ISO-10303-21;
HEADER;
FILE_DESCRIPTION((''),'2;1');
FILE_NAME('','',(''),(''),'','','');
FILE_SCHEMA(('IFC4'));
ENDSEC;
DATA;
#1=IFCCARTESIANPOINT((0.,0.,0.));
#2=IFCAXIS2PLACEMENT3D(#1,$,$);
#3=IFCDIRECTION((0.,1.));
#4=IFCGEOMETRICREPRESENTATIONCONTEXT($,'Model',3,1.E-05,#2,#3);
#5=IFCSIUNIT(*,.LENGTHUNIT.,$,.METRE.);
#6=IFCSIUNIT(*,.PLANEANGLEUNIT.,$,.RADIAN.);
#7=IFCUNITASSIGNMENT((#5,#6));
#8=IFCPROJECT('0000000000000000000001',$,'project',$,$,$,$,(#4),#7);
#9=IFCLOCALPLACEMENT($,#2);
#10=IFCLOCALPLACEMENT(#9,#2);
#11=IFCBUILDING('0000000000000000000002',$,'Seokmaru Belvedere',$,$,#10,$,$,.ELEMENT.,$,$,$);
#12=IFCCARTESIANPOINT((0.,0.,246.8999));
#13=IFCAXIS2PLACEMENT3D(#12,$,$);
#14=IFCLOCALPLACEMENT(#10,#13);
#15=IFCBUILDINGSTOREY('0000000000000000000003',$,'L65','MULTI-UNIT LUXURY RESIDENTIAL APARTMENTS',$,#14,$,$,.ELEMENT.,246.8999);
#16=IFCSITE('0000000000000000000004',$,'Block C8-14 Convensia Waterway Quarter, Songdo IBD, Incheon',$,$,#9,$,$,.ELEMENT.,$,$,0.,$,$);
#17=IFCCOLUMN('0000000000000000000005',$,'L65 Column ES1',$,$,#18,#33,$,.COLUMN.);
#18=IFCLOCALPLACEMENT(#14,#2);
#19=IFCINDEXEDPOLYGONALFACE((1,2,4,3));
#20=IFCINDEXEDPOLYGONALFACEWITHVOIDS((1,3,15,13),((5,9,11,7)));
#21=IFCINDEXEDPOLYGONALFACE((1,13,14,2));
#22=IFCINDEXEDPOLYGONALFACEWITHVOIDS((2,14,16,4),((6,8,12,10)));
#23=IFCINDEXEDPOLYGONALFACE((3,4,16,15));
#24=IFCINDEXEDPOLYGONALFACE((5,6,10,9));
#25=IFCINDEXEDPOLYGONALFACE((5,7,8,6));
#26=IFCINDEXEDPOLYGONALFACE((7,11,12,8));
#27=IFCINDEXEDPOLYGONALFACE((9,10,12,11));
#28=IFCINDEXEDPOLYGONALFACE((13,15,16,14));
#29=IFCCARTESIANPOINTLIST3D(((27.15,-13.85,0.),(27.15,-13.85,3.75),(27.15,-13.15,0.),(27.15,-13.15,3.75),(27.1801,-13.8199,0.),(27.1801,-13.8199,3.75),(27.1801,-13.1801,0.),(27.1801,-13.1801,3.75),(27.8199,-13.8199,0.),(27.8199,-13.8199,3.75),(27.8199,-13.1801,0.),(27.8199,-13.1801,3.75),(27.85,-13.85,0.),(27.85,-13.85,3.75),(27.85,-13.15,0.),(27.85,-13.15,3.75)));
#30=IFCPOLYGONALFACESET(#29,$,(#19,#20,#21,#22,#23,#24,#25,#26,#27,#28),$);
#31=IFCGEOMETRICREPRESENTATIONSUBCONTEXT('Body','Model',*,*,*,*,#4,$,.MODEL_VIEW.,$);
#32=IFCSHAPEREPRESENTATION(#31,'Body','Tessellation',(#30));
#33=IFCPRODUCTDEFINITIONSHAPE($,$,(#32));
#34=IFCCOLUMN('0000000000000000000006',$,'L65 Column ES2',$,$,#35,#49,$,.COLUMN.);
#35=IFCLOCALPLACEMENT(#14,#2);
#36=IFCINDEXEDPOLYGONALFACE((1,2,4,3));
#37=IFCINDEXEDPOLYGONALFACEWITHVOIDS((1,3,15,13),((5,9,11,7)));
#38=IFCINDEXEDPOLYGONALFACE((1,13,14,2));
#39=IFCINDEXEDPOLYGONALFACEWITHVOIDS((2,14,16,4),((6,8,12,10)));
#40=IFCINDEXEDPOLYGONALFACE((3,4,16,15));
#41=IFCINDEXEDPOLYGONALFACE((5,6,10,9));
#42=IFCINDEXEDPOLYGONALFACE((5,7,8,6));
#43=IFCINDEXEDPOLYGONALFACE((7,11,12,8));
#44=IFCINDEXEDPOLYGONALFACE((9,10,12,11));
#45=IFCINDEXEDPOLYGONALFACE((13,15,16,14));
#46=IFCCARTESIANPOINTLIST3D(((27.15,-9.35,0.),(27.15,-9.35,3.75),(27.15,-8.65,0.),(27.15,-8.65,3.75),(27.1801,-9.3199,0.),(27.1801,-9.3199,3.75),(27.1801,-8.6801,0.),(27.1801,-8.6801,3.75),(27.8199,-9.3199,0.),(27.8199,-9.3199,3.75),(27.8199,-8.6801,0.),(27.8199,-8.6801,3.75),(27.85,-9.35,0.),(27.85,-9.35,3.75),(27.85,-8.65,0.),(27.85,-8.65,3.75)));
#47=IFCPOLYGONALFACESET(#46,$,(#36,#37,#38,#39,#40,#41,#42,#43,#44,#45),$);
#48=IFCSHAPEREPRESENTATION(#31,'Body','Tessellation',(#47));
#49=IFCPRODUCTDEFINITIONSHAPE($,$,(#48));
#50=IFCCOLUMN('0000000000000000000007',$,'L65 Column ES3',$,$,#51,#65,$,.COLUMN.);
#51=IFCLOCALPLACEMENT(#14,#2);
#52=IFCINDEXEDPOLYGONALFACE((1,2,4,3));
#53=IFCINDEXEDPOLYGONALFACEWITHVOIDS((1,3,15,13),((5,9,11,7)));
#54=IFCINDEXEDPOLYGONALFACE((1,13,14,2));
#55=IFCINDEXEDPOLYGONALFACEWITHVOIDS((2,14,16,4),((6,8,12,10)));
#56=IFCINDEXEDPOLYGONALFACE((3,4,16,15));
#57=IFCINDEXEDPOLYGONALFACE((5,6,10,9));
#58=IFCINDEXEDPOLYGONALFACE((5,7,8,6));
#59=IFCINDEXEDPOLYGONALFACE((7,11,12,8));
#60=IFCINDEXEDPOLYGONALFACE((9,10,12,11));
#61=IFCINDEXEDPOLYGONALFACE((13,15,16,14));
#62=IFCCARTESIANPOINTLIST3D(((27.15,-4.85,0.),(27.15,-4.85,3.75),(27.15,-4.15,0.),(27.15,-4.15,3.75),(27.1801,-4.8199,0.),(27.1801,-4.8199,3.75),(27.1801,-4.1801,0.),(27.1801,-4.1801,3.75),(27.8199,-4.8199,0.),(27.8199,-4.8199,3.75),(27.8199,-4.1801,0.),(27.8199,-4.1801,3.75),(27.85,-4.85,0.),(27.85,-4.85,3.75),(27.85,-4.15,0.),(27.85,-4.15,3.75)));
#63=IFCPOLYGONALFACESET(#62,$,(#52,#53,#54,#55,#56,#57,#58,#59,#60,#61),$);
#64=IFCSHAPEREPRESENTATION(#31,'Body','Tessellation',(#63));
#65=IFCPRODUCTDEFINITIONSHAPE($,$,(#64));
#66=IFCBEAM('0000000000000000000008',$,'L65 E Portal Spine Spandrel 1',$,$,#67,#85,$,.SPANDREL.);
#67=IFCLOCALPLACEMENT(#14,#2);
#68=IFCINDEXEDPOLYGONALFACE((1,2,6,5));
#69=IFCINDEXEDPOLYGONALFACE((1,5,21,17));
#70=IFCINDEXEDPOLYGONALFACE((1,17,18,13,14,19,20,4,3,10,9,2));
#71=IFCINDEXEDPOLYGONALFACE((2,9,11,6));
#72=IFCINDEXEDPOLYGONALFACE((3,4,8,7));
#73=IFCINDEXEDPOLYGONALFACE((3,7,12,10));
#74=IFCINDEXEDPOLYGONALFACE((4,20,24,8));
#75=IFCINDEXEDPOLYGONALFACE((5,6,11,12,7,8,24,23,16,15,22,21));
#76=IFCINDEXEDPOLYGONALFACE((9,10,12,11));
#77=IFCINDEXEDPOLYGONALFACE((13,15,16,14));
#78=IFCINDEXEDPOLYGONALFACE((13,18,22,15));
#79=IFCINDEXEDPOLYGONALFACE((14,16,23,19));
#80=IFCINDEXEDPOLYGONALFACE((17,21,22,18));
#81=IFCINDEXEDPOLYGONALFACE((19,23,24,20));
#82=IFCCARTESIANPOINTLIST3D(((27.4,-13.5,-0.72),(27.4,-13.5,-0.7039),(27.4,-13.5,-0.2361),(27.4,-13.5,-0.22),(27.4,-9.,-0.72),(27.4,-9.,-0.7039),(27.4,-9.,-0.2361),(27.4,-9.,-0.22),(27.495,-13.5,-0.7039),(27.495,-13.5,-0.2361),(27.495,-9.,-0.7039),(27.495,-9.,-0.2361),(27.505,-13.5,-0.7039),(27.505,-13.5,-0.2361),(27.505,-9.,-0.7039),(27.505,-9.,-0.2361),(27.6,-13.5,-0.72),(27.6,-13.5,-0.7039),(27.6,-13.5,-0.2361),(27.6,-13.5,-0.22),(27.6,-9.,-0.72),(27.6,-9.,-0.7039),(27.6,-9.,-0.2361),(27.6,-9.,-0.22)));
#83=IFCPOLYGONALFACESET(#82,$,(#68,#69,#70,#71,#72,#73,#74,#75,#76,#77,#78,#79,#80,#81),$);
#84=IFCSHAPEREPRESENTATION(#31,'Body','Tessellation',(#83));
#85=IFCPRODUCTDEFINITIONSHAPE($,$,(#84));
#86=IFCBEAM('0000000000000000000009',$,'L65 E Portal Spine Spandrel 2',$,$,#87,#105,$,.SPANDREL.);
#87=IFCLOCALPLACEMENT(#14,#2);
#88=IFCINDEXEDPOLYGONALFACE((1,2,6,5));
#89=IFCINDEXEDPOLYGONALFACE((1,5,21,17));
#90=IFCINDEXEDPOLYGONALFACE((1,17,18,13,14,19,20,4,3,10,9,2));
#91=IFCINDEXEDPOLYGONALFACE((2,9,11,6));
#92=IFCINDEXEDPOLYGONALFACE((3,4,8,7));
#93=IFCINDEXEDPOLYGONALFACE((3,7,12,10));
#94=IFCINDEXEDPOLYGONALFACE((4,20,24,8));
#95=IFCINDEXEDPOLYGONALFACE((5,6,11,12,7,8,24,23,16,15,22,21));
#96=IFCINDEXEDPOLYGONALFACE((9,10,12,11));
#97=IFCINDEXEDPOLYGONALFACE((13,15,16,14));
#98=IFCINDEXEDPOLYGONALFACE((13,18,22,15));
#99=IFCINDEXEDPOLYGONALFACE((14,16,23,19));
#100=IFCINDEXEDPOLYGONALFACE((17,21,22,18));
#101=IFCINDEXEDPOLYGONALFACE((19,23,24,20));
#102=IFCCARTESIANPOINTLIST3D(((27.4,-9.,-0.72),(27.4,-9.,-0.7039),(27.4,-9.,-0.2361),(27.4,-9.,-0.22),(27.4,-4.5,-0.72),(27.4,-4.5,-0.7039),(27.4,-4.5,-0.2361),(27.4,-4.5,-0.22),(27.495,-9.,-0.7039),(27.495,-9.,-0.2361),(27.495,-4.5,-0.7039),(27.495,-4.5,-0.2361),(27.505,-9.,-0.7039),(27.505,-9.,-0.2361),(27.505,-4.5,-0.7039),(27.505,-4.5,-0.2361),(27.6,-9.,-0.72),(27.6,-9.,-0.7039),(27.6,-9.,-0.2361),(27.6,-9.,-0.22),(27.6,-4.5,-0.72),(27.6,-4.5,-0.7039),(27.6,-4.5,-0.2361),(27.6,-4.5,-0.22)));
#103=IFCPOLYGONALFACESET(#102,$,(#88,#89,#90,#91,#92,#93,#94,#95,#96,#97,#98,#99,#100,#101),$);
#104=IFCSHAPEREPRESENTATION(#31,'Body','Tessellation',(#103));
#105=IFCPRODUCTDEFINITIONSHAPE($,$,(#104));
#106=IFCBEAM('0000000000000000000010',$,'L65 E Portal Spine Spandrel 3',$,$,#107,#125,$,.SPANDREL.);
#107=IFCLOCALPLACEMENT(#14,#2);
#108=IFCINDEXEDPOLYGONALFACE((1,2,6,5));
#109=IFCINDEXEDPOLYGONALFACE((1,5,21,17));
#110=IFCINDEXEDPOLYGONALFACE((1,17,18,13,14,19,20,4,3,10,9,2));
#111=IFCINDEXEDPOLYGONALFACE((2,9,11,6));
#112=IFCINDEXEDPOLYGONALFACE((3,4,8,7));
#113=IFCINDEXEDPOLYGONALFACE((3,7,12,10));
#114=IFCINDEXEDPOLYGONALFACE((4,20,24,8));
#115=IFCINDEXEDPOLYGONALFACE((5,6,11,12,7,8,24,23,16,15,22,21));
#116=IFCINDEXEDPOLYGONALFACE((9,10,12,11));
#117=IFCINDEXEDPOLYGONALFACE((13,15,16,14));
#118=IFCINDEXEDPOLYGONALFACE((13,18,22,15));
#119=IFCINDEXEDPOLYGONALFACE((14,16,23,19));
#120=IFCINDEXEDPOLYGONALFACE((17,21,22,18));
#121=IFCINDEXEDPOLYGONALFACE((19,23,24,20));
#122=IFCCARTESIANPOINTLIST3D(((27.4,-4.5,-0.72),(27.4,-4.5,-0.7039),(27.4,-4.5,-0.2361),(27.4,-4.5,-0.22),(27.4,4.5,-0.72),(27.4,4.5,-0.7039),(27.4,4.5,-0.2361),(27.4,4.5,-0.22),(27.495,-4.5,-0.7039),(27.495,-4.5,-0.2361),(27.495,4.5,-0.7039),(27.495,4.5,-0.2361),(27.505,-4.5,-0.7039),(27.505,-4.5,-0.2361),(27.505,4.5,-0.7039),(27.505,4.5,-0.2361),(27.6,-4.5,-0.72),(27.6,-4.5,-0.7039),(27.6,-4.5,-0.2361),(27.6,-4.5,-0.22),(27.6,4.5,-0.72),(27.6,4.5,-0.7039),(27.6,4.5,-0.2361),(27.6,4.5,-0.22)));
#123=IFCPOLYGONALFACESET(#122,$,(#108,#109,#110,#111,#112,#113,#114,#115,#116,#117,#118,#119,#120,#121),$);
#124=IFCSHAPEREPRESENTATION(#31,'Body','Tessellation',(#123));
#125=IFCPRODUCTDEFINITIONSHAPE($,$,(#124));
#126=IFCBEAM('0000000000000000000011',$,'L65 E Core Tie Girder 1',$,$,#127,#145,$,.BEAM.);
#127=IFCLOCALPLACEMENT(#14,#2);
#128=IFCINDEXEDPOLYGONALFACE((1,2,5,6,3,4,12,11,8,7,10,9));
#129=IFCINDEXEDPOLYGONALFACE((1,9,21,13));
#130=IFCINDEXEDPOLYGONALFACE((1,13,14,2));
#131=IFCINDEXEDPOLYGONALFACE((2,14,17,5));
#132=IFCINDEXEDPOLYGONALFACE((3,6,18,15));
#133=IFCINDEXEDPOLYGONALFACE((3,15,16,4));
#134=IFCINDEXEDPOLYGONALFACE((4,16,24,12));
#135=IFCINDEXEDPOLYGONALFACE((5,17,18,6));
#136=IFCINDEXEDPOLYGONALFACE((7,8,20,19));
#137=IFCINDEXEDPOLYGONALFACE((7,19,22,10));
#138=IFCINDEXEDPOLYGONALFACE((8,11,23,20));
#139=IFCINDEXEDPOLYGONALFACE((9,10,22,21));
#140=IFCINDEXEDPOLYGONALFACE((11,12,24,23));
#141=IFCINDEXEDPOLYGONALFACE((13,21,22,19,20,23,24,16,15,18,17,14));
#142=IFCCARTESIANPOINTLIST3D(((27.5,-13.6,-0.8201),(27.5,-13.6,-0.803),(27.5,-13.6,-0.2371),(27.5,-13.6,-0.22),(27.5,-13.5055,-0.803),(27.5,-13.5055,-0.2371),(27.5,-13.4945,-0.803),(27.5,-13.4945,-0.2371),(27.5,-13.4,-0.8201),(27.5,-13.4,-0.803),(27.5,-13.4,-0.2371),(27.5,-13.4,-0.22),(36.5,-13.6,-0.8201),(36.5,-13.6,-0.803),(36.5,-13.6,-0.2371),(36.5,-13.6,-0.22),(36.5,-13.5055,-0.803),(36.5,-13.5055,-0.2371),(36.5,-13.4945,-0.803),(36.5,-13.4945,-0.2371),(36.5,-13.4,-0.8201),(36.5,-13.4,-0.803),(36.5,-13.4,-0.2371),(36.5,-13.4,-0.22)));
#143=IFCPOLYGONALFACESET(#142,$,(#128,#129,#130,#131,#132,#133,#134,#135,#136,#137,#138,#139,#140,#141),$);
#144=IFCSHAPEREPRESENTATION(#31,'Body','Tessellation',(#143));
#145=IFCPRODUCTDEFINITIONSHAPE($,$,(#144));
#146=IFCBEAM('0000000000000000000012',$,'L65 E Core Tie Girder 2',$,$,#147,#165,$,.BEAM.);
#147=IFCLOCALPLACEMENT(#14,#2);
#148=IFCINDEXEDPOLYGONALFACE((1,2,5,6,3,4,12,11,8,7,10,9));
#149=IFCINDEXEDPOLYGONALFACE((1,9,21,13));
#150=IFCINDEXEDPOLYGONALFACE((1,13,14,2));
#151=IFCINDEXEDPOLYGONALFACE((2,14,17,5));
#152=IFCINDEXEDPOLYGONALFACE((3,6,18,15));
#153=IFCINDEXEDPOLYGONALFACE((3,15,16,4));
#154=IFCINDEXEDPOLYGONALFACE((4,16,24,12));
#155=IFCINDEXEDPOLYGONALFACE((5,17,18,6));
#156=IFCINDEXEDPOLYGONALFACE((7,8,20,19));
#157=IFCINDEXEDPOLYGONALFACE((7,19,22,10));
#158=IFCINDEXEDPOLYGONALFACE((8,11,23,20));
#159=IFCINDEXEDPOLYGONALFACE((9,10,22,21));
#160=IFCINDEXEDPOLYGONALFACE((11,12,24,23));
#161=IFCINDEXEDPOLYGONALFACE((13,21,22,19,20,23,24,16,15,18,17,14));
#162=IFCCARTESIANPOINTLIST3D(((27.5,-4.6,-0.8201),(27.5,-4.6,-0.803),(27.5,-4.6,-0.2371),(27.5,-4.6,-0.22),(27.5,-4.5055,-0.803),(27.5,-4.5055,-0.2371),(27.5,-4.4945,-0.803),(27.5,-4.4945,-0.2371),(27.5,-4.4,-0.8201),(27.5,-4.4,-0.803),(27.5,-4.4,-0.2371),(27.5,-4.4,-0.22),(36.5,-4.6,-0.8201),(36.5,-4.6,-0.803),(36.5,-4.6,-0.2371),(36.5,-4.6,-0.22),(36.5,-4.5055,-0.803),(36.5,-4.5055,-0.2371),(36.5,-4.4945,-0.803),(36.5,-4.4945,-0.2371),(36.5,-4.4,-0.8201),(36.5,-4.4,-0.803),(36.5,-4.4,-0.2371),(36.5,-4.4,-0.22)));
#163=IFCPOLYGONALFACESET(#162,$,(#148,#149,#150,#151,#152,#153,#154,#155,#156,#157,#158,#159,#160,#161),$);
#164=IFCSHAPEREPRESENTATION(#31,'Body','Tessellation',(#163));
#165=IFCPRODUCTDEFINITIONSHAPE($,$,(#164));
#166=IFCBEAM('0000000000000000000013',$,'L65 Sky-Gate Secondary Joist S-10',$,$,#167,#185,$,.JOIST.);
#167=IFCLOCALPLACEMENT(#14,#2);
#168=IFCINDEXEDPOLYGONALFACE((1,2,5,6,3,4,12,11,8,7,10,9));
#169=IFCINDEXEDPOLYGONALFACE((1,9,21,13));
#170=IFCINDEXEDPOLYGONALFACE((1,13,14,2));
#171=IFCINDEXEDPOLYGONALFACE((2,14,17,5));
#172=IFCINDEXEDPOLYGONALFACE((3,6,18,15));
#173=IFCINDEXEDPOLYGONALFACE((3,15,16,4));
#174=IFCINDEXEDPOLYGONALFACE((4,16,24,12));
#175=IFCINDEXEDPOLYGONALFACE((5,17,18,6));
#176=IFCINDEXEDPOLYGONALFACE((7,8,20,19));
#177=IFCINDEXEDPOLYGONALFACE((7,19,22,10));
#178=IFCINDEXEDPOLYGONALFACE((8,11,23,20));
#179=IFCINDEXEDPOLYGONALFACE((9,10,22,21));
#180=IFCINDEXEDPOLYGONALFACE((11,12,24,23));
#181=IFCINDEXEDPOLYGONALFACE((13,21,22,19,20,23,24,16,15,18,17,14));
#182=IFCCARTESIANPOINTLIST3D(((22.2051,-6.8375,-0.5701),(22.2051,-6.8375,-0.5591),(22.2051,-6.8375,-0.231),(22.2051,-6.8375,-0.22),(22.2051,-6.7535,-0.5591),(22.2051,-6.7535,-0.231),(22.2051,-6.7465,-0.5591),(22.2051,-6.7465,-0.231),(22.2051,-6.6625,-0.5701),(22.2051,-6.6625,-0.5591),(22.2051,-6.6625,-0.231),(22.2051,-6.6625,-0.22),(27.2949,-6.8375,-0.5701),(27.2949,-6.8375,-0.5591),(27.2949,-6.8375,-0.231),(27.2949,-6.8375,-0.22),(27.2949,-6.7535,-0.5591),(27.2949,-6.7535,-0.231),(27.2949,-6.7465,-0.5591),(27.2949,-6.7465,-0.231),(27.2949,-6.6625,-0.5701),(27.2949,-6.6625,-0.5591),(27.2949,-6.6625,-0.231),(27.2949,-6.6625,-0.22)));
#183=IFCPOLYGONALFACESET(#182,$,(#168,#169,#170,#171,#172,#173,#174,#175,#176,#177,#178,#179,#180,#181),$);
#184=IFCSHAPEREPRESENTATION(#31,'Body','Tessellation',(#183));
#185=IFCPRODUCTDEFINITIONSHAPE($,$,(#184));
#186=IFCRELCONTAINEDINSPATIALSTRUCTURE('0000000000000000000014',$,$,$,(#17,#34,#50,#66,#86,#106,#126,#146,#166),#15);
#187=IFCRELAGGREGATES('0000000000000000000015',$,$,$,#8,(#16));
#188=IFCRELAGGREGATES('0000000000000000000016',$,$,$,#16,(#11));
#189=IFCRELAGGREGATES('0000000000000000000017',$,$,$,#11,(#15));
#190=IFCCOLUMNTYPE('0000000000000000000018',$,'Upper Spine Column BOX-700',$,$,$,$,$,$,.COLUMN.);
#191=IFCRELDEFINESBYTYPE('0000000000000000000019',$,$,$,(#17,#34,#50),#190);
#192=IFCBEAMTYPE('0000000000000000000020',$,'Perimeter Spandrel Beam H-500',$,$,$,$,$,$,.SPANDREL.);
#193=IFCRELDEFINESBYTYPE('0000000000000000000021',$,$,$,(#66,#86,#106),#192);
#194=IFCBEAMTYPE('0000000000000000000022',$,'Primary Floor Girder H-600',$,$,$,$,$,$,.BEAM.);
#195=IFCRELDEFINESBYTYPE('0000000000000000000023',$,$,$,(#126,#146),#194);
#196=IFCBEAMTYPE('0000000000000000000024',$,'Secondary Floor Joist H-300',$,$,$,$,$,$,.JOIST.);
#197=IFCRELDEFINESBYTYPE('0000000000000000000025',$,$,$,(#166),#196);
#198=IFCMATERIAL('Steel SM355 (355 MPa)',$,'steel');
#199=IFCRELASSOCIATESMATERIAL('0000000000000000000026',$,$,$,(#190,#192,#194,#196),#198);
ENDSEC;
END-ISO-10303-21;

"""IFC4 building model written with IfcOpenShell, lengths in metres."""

from ifc_helpers import new_model, si_unit, direction, frame, origin, origin_2d, place, context, subcontext, project, spatial, hollow_rectangle, i_section, extrude, source, transform, mapped, material, material_profile, profile_set, type_object, type_shapes, element, save


model = new_model("IFC4")

# Units and contexts
model_context = context("Model", 3, precision=1e-05, world=origin(), true_north=direction((0.0, 1.0)))
body_context = subcontext(model_context, "Body", "Model", "MODEL_VIEW")
ifc_project = project(units=[si_unit("LENGTHUNIT", "METRE"), si_unit("PLANEANGLEUNIT", "RADIAN")], contexts=[model_context])

# Site, building, storey
site_placement = place(None, origin())
site = spatial("IfcSite", under=ifc_project, at=site_placement, Name="Block C8-14 Convensia Waterway Quarter, Songdo IBD, Incheon", CompositionType="ELEMENT", RefElevation=0.0)
building_placement = place(site_placement, origin())
building = spatial("IfcBuilding", under=site, at=building_placement, Name="Seokmaru Belvedere", CompositionType="ELEMENT")
storey_placement = place(building_placement, frame((0.0, 0.0, 246.8999)))
storey = spatial("IfcBuildingStorey", under=building, at=storey_placement, Name="L65", Description="MULTI-UNIT LUXURY RESIDENTIAL APARTMENTS", CompositionType="ELEMENT", Elevation=246.8999)

# Columns
ifc_material_1 = material(Name="Steel SM355 (355 MPa)", Category="steel")
ifc_material_profile_1 = material_profile(ifc_material_1, hollow_rectangle(XDim=0.7, YDim=0.7, WallThickness=0.03, at=origin_2d()), Name="BOX-700x700x30")
ifc_profile_set_1 = profile_set([ifc_material_profile_1], Name="Steel SM355 (355 MPa)")
column_type = type_object("IfcColumnType", Name="Upper Spine Column BOX-700", PredefinedType="COLUMN", material=ifc_profile_set_1)
shared_shape_1 = source(origin(), body_context, "Body", "SweptSolid", [
    extrude(hollow_rectangle(XDim=0.7, YDim=0.7, WallThickness=0.03, at=origin_2d()), origin(), (0.0, 0.0, 1.0), 3.75),
])
type_shapes(column_type, [shared_shape_1])
for number, where, z_axis, x_axis, name in (
    (1, (27.5, -13.5, 0.0), (0.0, 0.0, 1.0), (1.0, 0.0, 0.0), "L65 Column ES1"),
    (2, (27.5, -9.0, 0.0), (0.0, 0.0, 1.0), (1.0, 0.0, 0.0), "L65 Column ES2"),
    (3, (27.5, -4.5, 0.0), (0.0, 0.0, 1.0), (1.0, 0.0, 0.0), "L65 Column ES3"),
):
    element("IfcColumn", number, at=place(storey_placement, frame(where, z_axis=z_axis, x_axis=x_axis)), inside=storey, type_object=column_type, Name=name, PredefinedType="COLUMN", context=body_context, shape_type="MappedRepresentation", body=[
        mapped(shared_shape_1, transform((0.0, 0.0, 0.0), scale=1.0)),
    ])

# Beams
ifc_material_profile_2 = material_profile(ifc_material_1, i_section(OverallWidth=0.2, OverallDepth=0.5, WebThickness=0.01, FlangeThickness=0.0161, at=origin_2d()), Name="H-500x200x10x16")
ifc_profile_set_2 = profile_set([ifc_material_profile_2], Name="Steel SM355 (355 MPa)")
beam_type_1 = type_object("IfcBeamType", Name="Perimeter Spandrel Beam H-500", PredefinedType="SPANDREL", material=ifc_profile_set_2)
shared_shape_2 = source(origin(), body_context, "Body", "SweptSolid", [
    extrude(i_section(OverallWidth=0.2, OverallDepth=0.5, WebThickness=0.01, FlangeThickness=0.0161, at=origin_2d()), origin(), (0.0, 0.0, 1.0), 4.5),
])
for number, where, z_axis, x_axis, name in (
    (4, (27.5, -13.5, -0.47), (0.0, 1.0, 0.0), (-1.0, 0.0, 0.0), "L65 E Portal Spine Spandrel 1"),
    (5, (27.5, -9.0, -0.47), (0.0, 1.0, 0.0), (-1.0, 0.0, 0.0), "L65 E Portal Spine Spandrel 2"),
):
    element("IfcBeam", number, at=place(storey_placement, frame(where, z_axis=z_axis, x_axis=x_axis)), inside=storey, type_object=beam_type_1, Name=name, PredefinedType="SPANDREL", context=body_context, shape_type="MappedRepresentation", body=[
        mapped(shared_shape_2, transform((0.0, 0.0, 0.0), scale=1.0)),
    ])
shared_shape_3 = source(origin(), body_context, "Body", "SweptSolid", [
    extrude(i_section(OverallWidth=0.2, OverallDepth=0.5, WebThickness=0.01, FlangeThickness=0.0161, at=origin_2d()), origin(), (0.0, 0.0, 1.0), 9.0),
])
type_shapes(beam_type_1, [shared_shape_2, shared_shape_3])
beam_1_placement = place(storey_placement, frame((27.5, -4.5, -0.47), z_axis=(0.0, 1.0, 0.0), x_axis=(-1.0, 0.0, 0.0)))
element("IfcBeam", 6, at=beam_1_placement, inside=storey, type_object=beam_type_1, Name="L65 E Portal Spine Spandrel 3", PredefinedType="SPANDREL", context=body_context, shape_type="MappedRepresentation", body=[
    mapped(shared_shape_3, transform((0.0, 0.0, 0.0), scale=1.0)),
])
ifc_material_profile_3 = material_profile(ifc_material_1, i_section(OverallWidth=0.2, OverallDepth=0.6001, WebThickness=0.011, FlangeThickness=0.0171, at=origin_2d()), Name="H-600x200x11x17")
ifc_profile_set_3 = profile_set([ifc_material_profile_3], Name="Steel SM355 (355 MPa)")
beam_type_2 = type_object("IfcBeamType", Name="Primary Floor Girder H-600", PredefinedType="BEAM", material=ifc_profile_set_3)
shared_shape_4 = source(origin(), body_context, "Body", "SweptSolid", [
    extrude(i_section(OverallWidth=0.2, OverallDepth=0.6001, WebThickness=0.011, FlangeThickness=0.0171, at=origin_2d()), origin(), (0.0, 0.0, 1.0), 9.0),
])
type_shapes(beam_type_2, [shared_shape_4])
for number, where, z_axis, x_axis, name in (
    (7, (27.5, -13.5, -0.52), (1.0, 0.0, 0.0), (0.0, 1.0, 0.0), "L65 E Core Tie Girder 1"),
    (8, (27.5, -4.5, -0.52), (1.0, 0.0, 0.0), (0.0, 1.0, 0.0), "L65 E Core Tie Girder 2"),
):
    element("IfcBeam", number, at=place(storey_placement, frame(where, z_axis=z_axis, x_axis=x_axis)), inside=storey, type_object=beam_type_2, Name=name, PredefinedType="BEAM", context=body_context, shape_type="MappedRepresentation", body=[
        mapped(shared_shape_4, transform((0.0, 0.0, 0.0), scale=1.0)),
    ])
ifc_material_profile_4 = material_profile(ifc_material_1, i_section(OverallWidth=0.175, OverallDepth=0.3501, WebThickness=0.0071, FlangeThickness=0.011, at=origin_2d()), Name="H-350x175x7x11")
ifc_profile_set_4 = profile_set([ifc_material_profile_4], Name="Steel SM355 (355 MPa)")
beam_type_3 = type_object("IfcBeamType", Name="Secondary Floor Joist H-300", PredefinedType="JOIST", material=ifc_profile_set_4)
shared_shape_5 = source(origin(), body_context, "Body", "SweptSolid", [
    extrude(i_section(OverallWidth=0.175, OverallDepth=0.3501, WebThickness=0.0071, FlangeThickness=0.011, at=origin_2d()), origin(), (0.0, 0.0, 1.0), 5.0898),
])
type_shapes(beam_type_3, [shared_shape_5])
beam_2_placement = place(storey_placement, frame((22.2051, -6.75, -0.395), z_axis=(1.0, 0.0, 0.0), x_axis=(0.0, 1.0, 0.0)))
element("IfcBeam", 9, at=beam_2_placement, inside=storey, type_object=beam_type_3, Name="L65 Sky-Gate Secondary Joist S-10", PredefinedType="JOIST", context=body_context, shape_type="MappedRepresentation", body=[
    mapped(shared_shape_5, transform((0.0, 0.0, 0.0), scale=1.0)),
])

save(model, "model.ifc")
